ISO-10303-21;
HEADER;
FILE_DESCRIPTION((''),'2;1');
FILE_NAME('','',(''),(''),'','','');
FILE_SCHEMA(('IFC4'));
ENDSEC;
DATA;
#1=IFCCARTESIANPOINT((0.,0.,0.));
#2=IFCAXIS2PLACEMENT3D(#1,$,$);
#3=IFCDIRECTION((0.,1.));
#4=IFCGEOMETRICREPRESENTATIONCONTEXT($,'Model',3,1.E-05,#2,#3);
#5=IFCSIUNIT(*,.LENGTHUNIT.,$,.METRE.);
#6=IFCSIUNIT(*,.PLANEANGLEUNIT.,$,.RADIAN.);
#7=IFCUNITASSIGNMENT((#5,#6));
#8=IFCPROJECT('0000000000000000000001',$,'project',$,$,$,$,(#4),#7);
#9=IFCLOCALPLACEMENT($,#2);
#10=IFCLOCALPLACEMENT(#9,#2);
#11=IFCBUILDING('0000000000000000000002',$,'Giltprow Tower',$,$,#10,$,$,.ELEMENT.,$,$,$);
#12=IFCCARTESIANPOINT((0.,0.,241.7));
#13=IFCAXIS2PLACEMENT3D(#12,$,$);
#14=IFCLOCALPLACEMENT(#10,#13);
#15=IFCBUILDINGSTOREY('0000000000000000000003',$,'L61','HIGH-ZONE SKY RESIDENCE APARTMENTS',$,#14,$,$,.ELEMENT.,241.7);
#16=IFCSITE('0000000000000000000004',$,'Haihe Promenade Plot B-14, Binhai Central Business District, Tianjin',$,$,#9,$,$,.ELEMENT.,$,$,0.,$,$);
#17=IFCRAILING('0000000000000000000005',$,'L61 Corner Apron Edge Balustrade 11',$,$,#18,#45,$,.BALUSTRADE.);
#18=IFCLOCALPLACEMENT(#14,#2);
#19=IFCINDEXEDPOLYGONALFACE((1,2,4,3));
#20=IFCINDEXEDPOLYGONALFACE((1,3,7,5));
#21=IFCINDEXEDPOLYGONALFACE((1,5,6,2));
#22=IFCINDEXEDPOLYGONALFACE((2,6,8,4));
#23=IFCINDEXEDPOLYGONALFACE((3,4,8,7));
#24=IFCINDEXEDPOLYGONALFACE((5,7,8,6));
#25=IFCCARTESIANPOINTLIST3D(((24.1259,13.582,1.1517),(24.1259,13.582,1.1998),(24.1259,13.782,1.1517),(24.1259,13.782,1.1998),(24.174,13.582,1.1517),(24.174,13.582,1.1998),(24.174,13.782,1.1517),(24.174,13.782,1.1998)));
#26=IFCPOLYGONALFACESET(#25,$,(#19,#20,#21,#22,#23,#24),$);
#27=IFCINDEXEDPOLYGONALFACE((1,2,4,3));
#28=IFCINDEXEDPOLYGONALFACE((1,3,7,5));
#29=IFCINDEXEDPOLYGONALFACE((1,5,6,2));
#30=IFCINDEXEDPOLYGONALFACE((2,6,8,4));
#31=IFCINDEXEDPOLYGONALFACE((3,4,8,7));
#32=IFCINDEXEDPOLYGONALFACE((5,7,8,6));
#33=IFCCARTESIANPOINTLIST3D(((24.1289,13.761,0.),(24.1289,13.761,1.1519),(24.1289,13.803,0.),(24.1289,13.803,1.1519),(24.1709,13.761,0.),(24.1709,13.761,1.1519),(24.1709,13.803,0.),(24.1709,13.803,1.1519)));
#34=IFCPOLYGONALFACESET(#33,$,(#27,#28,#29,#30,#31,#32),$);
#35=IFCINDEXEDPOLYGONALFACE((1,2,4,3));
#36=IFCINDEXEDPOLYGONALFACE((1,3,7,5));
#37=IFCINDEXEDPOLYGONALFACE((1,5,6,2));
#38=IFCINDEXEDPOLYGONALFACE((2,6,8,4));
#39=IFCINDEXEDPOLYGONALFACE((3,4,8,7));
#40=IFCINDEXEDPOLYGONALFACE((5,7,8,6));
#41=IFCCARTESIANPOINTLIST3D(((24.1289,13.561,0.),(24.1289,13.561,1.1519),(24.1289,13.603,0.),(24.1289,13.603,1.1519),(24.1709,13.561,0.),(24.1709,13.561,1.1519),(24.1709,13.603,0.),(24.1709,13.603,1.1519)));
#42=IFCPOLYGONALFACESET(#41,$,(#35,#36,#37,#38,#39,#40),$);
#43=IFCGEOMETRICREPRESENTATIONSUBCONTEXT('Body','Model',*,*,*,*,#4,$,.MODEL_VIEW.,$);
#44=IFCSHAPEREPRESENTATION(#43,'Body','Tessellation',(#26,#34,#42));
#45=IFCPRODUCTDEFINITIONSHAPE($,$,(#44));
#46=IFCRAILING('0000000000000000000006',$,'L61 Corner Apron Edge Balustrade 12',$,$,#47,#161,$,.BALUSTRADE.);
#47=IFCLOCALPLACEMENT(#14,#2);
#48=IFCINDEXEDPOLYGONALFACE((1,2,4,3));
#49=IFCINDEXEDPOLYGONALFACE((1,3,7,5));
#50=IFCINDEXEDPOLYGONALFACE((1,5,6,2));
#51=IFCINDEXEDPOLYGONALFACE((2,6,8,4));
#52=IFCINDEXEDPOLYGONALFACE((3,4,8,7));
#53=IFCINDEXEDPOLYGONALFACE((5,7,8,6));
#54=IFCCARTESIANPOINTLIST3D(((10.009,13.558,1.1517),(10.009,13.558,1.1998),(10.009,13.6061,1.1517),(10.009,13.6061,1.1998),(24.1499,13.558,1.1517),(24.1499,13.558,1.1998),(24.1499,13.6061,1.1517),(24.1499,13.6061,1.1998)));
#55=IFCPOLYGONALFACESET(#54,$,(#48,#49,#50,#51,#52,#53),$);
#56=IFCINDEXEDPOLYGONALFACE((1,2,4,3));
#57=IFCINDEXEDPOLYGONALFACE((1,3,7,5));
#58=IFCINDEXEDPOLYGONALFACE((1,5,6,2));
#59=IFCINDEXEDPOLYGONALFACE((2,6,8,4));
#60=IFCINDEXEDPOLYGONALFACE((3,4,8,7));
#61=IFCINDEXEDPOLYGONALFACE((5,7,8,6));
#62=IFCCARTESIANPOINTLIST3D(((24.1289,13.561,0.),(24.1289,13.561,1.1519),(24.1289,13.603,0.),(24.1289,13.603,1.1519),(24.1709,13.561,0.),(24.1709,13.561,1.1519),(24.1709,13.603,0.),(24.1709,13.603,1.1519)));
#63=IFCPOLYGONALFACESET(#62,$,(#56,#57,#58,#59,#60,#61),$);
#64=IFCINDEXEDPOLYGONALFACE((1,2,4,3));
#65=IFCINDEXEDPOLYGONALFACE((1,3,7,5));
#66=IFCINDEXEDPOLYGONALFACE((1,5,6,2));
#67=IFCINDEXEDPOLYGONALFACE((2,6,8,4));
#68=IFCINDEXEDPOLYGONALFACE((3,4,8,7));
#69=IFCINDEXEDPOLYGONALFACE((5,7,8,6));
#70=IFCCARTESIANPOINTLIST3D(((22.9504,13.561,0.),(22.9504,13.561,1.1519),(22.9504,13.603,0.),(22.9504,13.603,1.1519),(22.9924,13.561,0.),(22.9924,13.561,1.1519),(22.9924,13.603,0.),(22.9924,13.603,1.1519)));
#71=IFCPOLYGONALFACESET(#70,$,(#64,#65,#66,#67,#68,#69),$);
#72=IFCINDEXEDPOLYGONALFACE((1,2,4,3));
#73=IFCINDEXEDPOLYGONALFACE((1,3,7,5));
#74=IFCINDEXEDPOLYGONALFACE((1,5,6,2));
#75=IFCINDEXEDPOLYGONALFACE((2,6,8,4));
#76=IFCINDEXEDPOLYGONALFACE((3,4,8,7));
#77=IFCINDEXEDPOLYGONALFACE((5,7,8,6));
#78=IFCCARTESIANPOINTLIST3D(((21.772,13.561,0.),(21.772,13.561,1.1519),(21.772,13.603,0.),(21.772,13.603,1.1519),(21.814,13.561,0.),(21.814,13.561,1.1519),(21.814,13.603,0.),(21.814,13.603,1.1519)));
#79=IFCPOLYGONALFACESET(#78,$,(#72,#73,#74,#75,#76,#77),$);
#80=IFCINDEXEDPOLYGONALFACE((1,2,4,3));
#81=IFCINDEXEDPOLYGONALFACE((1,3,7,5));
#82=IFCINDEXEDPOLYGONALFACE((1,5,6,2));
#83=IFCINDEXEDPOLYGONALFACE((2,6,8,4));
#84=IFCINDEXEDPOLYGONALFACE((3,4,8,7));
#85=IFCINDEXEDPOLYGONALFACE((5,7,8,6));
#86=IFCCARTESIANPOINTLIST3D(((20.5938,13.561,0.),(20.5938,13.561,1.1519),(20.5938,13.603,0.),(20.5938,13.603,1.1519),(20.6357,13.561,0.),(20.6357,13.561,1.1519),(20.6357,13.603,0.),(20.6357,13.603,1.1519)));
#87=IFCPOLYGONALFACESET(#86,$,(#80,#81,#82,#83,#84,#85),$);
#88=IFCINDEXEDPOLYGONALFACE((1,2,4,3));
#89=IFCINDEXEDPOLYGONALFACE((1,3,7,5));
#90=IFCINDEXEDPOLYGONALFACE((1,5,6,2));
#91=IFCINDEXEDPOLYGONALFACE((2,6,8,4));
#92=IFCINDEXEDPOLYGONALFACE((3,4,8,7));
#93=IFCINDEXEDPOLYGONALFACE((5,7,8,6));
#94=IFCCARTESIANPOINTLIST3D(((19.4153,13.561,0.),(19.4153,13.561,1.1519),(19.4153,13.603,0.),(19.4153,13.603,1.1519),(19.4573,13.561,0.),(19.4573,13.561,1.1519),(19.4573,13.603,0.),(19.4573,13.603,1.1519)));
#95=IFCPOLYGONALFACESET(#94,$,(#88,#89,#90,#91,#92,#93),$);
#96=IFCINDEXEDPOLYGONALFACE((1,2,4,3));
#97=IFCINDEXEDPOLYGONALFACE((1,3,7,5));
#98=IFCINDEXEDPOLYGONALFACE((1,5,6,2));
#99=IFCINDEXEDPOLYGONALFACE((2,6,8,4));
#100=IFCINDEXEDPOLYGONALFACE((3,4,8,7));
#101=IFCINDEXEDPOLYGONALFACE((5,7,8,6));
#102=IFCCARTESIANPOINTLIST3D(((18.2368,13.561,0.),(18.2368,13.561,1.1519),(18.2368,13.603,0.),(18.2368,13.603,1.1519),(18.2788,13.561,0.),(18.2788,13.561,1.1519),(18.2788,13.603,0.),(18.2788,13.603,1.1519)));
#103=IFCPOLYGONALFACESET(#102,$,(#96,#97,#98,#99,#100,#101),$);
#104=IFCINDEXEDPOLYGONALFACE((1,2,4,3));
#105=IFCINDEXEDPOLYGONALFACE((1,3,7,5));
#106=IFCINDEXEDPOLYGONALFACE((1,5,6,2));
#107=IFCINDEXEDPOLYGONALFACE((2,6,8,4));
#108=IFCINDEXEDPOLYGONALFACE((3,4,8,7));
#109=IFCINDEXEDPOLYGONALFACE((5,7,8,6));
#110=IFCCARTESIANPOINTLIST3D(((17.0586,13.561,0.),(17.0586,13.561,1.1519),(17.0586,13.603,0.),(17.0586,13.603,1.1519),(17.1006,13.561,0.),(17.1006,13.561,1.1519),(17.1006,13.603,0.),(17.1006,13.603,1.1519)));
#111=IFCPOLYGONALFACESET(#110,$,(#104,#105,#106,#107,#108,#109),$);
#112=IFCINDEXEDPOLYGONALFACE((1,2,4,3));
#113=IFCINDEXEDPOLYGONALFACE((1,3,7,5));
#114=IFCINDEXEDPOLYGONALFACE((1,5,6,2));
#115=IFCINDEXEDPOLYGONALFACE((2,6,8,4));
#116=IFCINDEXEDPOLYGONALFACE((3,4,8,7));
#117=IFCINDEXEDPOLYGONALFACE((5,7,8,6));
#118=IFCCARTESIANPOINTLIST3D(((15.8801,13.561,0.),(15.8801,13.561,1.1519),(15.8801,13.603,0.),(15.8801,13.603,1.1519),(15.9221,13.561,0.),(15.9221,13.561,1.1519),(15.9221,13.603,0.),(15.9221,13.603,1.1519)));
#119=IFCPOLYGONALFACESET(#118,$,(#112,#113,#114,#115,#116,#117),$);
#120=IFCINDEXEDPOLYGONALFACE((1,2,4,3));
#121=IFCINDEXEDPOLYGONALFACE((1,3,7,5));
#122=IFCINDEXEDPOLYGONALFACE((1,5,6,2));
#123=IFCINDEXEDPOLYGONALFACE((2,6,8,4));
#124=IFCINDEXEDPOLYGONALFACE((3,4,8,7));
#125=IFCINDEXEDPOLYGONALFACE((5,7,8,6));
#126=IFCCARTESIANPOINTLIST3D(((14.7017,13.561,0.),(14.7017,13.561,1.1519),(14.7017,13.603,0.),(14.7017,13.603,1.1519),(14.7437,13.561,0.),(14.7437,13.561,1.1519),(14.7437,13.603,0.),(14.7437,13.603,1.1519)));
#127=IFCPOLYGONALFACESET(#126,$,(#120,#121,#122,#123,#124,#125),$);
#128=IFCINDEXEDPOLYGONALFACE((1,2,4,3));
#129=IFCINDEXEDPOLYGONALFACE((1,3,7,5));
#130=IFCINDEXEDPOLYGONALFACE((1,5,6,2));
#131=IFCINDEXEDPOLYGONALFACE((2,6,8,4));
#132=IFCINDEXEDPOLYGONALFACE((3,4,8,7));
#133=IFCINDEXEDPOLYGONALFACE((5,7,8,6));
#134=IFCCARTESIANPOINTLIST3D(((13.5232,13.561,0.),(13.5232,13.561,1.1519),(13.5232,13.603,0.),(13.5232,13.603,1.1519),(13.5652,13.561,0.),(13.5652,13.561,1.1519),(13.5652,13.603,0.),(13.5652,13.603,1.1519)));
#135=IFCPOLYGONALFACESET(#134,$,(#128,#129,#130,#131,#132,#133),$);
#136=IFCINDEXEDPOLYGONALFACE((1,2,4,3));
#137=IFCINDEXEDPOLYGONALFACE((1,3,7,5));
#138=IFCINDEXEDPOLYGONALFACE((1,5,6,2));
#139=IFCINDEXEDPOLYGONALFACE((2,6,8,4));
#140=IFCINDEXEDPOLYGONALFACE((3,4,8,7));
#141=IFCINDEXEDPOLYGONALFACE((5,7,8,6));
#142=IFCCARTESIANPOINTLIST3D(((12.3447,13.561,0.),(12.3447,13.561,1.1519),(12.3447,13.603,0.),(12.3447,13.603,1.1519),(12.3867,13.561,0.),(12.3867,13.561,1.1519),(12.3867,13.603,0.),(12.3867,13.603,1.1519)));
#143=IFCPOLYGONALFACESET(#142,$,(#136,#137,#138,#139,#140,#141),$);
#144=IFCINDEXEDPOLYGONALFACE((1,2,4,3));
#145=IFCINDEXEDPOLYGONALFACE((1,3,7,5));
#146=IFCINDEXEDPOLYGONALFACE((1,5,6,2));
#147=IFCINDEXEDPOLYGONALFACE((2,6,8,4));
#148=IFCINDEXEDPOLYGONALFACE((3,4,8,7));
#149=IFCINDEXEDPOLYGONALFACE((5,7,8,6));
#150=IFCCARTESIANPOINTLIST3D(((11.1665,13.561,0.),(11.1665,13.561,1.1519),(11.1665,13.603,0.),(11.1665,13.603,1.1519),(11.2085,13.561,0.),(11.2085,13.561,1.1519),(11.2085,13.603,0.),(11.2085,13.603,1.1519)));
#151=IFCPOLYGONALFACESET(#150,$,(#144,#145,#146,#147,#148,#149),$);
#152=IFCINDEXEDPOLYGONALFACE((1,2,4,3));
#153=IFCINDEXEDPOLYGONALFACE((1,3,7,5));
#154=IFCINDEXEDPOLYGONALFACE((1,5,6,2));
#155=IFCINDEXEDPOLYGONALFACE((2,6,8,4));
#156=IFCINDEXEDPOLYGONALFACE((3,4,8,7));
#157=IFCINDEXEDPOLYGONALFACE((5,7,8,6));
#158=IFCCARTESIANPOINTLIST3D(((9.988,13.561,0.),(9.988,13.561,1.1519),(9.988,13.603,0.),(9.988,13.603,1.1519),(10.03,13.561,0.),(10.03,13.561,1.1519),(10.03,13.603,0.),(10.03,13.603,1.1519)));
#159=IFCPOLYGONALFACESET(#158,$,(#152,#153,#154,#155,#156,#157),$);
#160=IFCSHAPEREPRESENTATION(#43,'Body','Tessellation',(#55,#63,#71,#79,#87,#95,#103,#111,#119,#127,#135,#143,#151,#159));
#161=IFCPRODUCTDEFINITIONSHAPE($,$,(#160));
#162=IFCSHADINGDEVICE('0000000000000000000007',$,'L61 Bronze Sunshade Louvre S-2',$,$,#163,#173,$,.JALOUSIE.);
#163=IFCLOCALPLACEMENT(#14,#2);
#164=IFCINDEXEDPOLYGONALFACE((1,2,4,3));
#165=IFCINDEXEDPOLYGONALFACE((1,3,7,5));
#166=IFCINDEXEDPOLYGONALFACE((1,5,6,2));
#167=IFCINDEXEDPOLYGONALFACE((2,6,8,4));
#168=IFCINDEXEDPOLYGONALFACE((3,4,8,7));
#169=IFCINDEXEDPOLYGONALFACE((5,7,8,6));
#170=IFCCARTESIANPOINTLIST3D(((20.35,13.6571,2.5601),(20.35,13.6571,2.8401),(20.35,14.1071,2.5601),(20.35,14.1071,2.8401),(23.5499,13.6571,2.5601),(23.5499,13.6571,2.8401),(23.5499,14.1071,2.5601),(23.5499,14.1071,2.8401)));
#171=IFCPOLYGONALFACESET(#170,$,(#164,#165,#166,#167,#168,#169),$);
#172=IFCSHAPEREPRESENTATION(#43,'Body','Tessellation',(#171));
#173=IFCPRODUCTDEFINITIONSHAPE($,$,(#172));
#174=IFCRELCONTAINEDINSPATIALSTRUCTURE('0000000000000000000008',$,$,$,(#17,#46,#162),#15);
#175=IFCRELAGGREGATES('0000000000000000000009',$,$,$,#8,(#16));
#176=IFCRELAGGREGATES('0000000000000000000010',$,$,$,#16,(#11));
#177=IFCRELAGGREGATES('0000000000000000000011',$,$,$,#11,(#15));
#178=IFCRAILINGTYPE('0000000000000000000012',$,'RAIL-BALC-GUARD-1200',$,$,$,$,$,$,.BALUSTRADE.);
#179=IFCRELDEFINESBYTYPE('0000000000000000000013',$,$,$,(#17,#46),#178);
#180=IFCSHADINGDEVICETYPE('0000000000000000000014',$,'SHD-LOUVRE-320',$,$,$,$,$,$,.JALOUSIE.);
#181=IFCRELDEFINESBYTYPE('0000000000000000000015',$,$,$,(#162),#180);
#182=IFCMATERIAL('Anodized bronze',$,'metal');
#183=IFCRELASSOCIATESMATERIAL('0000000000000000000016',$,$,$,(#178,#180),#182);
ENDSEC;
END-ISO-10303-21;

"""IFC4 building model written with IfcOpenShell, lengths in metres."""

from ifc_helpers import new_model, si_unit, direction, frame, origin, origin_2d, place, context, subcontext, project, spatial, rectangle, extrude, source, transform, mapped, material, type_object, element, save


model = new_model("IFC4")

# Units and contexts
model_context = context("Model", 3, precision=1e-05, world=origin(), true_north=direction((0.0, 1.0)))
body_context = subcontext(model_context, "Body", "Model", "MODEL_VIEW")
ifc_project = project(units=[si_unit("LENGTHUNIT", "METRE"), si_unit("PLANEANGLEUNIT", "RADIAN")], contexts=[model_context])

# Site, building, storey
site_placement = place(None, origin())
site = spatial("IfcSite", under=ifc_project, at=site_placement, Name="Haihe Promenade Plot B-14, Binhai Central Business District, Tianjin", CompositionType="ELEMENT", RefElevation=0.0)
building_placement = place(site_placement, origin())
building = spatial("IfcBuilding", under=site, at=building_placement, Name="Giltprow Tower", CompositionType="ELEMENT")
storey_placement = place(building_placement, frame((0.0, 0.0, 241.7)))
storey = spatial("IfcBuildingStorey", under=building, at=storey_placement, Name="L61", Description="HIGH-ZONE SKY RESIDENCE APARTMENTS", CompositionType="ELEMENT", Elevation=241.7)

# Shared definitions
ifc_material_1 = material(Name="Anodized bronze", Category="metal")

# Railings
railing_type = type_object("IfcRailingType", Name="RAIL-BALC-GUARD-1200", PredefinedType="BALUSTRADE", material=ifc_material_1)
railing_1_placement = place(storey_placement, frame((24.1499, 13.782, 0.0)))
element("IfcRailing", 1, at=railing_1_placement, inside=storey, type_object=railing_type, Name="L61 Corner Apron Edge Balustrade 11", PredefinedType="BALUSTRADE", context=body_context, shape_type="SweptSolid", body=[
    extrude(rectangle(XDim=0.0481, YDim=0.0481, at=origin_2d()), frame((0.0, 0.0, 1.1758), z_axis=(0.0, -1.0, 0.0), x_axis=(1.0, 0.0, 0.0)), (0.0, 0.0, 1.0), 0.2),
    extrude(rectangle(XDim=0.042, YDim=0.042, at=origin_2d()), origin(), (0.0, 0.0, 1.0), 1.1519),
    extrude(rectangle(XDim=0.042, YDim=0.042, at=origin_2d()), frame((0.0, -0.2, 0.0)), (0.0, 0.0, 1.0), 1.1519),
])
railing_2_placement = place(storey_placement, frame((24.1499, 13.582, 0.0)))
element("IfcRailing", 2, at=railing_2_placement, inside=storey, type_object=railing_type, Name="L61 Corner Apron Edge Balustrade 12", PredefinedType="BALUSTRADE", context=body_context, shape_type="SweptSolid", body=[
    extrude(rectangle(XDim=0.0481, YDim=0.0481, at=origin_2d()), frame((0.0, 0.0, 1.1758), z_axis=(-1.0, 0.0, 0.0), x_axis=(0.0, -1.0, 0.0)), (0.0, 0.0, 1.0), 14.1409),
    extrude(rectangle(XDim=0.042, YDim=0.042, at=origin_2d()), origin(), (0.0, 0.0, 1.0), 1.1519),
    extrude(rectangle(XDim=0.042, YDim=0.042, at=origin_2d()), frame((-1.1785, 0.0, 0.0)), (0.0, 0.0, 1.0), 1.1519),
    extrude(rectangle(XDim=0.042, YDim=0.042, at=origin_2d()), frame((-2.3569, 0.0, 0.0)), (0.0, 0.0, 1.0), 1.1519),
    extrude(rectangle(XDim=0.042, YDim=0.042, at=origin_2d()), frame((-3.5352, 0.0, 0.0)), (0.0, 0.0, 1.0), 1.1519),
    extrude(rectangle(XDim=0.042, YDim=0.042, at=origin_2d()), frame((-4.7136, 0.0, 0.0)), (0.0, 0.0, 1.0), 1.1519),
    extrude(rectangle(XDim=0.042, YDim=0.042, at=origin_2d()), frame((-5.8921, 0.0, 0.0)), (0.0, 0.0, 1.0), 1.1519),
    extrude(rectangle(XDim=0.042, YDim=0.042, at=origin_2d()), frame((-7.0703, 0.0, 0.0)), (0.0, 0.0, 1.0), 1.1519),
    extrude(rectangle(XDim=0.042, YDim=0.042, at=origin_2d()), frame((-8.2488, 0.0, 0.0)), (0.0, 0.0, 1.0), 1.1519),
    extrude(rectangle(XDim=0.042, YDim=0.042, at=origin_2d()), frame((-9.4272, 0.0, 0.0)), (0.0, 0.0, 1.0), 1.1519),
    extrude(rectangle(XDim=0.042, YDim=0.042, at=origin_2d()), frame((-10.6057, 0.0, 0.0)), (0.0, 0.0, 1.0), 1.1519),
    extrude(rectangle(XDim=0.042, YDim=0.042, at=origin_2d()), frame((-11.7842, 0.0, 0.0)), (0.0, 0.0, 1.0), 1.1519),
    extrude(rectangle(XDim=0.042, YDim=0.042, at=origin_2d()), frame((-12.9624, 0.0, 0.0)), (0.0, 0.0, 1.0), 1.1519),
    extrude(rectangle(XDim=0.042, YDim=0.042, at=origin_2d()), frame((-14.1409, 0.0, 0.0)), (0.0, 0.0, 1.0), 1.1519),
])

# Shading device
shading_device_type = type_object("IfcShadingDeviceType", Name="SHD-LOUVRE-320", PredefinedType="JALOUSIE", material=ifc_material_1)
shared_shape_1 = source(origin(), body_context, "Body", "SweptSolid", [
    extrude(rectangle(XDim=3.2, YDim=0.45, at=origin_2d()), origin(), (0.0, 0.0, 1.0), 0.28),
])
shading_device_placement = place(storey_placement, frame((21.95, 13.8821, 2.5601), z_axis=(0.0, 0.0, 1.0), x_axis=(1.0, 0.0, 0.0)))
element("IfcShadingDevice", 3, at=shading_device_placement, inside=storey, type_object=shading_device_type, Name="L61 Bronze Sunshade Louvre S-2", PredefinedType="JALOUSIE", context=body_context, shape_type="MappedRepresentation", body=[
    mapped(shared_shape_1, transform((0.0, 0.0, 0.0), x_axis=(1.0, 0.0, 0.0), y_axis=(0.0, 1.0, 0.0), z_axis=(0.0, 0.0, 1.0), scale=1.0)),
])

save(model, "model.ifc")
